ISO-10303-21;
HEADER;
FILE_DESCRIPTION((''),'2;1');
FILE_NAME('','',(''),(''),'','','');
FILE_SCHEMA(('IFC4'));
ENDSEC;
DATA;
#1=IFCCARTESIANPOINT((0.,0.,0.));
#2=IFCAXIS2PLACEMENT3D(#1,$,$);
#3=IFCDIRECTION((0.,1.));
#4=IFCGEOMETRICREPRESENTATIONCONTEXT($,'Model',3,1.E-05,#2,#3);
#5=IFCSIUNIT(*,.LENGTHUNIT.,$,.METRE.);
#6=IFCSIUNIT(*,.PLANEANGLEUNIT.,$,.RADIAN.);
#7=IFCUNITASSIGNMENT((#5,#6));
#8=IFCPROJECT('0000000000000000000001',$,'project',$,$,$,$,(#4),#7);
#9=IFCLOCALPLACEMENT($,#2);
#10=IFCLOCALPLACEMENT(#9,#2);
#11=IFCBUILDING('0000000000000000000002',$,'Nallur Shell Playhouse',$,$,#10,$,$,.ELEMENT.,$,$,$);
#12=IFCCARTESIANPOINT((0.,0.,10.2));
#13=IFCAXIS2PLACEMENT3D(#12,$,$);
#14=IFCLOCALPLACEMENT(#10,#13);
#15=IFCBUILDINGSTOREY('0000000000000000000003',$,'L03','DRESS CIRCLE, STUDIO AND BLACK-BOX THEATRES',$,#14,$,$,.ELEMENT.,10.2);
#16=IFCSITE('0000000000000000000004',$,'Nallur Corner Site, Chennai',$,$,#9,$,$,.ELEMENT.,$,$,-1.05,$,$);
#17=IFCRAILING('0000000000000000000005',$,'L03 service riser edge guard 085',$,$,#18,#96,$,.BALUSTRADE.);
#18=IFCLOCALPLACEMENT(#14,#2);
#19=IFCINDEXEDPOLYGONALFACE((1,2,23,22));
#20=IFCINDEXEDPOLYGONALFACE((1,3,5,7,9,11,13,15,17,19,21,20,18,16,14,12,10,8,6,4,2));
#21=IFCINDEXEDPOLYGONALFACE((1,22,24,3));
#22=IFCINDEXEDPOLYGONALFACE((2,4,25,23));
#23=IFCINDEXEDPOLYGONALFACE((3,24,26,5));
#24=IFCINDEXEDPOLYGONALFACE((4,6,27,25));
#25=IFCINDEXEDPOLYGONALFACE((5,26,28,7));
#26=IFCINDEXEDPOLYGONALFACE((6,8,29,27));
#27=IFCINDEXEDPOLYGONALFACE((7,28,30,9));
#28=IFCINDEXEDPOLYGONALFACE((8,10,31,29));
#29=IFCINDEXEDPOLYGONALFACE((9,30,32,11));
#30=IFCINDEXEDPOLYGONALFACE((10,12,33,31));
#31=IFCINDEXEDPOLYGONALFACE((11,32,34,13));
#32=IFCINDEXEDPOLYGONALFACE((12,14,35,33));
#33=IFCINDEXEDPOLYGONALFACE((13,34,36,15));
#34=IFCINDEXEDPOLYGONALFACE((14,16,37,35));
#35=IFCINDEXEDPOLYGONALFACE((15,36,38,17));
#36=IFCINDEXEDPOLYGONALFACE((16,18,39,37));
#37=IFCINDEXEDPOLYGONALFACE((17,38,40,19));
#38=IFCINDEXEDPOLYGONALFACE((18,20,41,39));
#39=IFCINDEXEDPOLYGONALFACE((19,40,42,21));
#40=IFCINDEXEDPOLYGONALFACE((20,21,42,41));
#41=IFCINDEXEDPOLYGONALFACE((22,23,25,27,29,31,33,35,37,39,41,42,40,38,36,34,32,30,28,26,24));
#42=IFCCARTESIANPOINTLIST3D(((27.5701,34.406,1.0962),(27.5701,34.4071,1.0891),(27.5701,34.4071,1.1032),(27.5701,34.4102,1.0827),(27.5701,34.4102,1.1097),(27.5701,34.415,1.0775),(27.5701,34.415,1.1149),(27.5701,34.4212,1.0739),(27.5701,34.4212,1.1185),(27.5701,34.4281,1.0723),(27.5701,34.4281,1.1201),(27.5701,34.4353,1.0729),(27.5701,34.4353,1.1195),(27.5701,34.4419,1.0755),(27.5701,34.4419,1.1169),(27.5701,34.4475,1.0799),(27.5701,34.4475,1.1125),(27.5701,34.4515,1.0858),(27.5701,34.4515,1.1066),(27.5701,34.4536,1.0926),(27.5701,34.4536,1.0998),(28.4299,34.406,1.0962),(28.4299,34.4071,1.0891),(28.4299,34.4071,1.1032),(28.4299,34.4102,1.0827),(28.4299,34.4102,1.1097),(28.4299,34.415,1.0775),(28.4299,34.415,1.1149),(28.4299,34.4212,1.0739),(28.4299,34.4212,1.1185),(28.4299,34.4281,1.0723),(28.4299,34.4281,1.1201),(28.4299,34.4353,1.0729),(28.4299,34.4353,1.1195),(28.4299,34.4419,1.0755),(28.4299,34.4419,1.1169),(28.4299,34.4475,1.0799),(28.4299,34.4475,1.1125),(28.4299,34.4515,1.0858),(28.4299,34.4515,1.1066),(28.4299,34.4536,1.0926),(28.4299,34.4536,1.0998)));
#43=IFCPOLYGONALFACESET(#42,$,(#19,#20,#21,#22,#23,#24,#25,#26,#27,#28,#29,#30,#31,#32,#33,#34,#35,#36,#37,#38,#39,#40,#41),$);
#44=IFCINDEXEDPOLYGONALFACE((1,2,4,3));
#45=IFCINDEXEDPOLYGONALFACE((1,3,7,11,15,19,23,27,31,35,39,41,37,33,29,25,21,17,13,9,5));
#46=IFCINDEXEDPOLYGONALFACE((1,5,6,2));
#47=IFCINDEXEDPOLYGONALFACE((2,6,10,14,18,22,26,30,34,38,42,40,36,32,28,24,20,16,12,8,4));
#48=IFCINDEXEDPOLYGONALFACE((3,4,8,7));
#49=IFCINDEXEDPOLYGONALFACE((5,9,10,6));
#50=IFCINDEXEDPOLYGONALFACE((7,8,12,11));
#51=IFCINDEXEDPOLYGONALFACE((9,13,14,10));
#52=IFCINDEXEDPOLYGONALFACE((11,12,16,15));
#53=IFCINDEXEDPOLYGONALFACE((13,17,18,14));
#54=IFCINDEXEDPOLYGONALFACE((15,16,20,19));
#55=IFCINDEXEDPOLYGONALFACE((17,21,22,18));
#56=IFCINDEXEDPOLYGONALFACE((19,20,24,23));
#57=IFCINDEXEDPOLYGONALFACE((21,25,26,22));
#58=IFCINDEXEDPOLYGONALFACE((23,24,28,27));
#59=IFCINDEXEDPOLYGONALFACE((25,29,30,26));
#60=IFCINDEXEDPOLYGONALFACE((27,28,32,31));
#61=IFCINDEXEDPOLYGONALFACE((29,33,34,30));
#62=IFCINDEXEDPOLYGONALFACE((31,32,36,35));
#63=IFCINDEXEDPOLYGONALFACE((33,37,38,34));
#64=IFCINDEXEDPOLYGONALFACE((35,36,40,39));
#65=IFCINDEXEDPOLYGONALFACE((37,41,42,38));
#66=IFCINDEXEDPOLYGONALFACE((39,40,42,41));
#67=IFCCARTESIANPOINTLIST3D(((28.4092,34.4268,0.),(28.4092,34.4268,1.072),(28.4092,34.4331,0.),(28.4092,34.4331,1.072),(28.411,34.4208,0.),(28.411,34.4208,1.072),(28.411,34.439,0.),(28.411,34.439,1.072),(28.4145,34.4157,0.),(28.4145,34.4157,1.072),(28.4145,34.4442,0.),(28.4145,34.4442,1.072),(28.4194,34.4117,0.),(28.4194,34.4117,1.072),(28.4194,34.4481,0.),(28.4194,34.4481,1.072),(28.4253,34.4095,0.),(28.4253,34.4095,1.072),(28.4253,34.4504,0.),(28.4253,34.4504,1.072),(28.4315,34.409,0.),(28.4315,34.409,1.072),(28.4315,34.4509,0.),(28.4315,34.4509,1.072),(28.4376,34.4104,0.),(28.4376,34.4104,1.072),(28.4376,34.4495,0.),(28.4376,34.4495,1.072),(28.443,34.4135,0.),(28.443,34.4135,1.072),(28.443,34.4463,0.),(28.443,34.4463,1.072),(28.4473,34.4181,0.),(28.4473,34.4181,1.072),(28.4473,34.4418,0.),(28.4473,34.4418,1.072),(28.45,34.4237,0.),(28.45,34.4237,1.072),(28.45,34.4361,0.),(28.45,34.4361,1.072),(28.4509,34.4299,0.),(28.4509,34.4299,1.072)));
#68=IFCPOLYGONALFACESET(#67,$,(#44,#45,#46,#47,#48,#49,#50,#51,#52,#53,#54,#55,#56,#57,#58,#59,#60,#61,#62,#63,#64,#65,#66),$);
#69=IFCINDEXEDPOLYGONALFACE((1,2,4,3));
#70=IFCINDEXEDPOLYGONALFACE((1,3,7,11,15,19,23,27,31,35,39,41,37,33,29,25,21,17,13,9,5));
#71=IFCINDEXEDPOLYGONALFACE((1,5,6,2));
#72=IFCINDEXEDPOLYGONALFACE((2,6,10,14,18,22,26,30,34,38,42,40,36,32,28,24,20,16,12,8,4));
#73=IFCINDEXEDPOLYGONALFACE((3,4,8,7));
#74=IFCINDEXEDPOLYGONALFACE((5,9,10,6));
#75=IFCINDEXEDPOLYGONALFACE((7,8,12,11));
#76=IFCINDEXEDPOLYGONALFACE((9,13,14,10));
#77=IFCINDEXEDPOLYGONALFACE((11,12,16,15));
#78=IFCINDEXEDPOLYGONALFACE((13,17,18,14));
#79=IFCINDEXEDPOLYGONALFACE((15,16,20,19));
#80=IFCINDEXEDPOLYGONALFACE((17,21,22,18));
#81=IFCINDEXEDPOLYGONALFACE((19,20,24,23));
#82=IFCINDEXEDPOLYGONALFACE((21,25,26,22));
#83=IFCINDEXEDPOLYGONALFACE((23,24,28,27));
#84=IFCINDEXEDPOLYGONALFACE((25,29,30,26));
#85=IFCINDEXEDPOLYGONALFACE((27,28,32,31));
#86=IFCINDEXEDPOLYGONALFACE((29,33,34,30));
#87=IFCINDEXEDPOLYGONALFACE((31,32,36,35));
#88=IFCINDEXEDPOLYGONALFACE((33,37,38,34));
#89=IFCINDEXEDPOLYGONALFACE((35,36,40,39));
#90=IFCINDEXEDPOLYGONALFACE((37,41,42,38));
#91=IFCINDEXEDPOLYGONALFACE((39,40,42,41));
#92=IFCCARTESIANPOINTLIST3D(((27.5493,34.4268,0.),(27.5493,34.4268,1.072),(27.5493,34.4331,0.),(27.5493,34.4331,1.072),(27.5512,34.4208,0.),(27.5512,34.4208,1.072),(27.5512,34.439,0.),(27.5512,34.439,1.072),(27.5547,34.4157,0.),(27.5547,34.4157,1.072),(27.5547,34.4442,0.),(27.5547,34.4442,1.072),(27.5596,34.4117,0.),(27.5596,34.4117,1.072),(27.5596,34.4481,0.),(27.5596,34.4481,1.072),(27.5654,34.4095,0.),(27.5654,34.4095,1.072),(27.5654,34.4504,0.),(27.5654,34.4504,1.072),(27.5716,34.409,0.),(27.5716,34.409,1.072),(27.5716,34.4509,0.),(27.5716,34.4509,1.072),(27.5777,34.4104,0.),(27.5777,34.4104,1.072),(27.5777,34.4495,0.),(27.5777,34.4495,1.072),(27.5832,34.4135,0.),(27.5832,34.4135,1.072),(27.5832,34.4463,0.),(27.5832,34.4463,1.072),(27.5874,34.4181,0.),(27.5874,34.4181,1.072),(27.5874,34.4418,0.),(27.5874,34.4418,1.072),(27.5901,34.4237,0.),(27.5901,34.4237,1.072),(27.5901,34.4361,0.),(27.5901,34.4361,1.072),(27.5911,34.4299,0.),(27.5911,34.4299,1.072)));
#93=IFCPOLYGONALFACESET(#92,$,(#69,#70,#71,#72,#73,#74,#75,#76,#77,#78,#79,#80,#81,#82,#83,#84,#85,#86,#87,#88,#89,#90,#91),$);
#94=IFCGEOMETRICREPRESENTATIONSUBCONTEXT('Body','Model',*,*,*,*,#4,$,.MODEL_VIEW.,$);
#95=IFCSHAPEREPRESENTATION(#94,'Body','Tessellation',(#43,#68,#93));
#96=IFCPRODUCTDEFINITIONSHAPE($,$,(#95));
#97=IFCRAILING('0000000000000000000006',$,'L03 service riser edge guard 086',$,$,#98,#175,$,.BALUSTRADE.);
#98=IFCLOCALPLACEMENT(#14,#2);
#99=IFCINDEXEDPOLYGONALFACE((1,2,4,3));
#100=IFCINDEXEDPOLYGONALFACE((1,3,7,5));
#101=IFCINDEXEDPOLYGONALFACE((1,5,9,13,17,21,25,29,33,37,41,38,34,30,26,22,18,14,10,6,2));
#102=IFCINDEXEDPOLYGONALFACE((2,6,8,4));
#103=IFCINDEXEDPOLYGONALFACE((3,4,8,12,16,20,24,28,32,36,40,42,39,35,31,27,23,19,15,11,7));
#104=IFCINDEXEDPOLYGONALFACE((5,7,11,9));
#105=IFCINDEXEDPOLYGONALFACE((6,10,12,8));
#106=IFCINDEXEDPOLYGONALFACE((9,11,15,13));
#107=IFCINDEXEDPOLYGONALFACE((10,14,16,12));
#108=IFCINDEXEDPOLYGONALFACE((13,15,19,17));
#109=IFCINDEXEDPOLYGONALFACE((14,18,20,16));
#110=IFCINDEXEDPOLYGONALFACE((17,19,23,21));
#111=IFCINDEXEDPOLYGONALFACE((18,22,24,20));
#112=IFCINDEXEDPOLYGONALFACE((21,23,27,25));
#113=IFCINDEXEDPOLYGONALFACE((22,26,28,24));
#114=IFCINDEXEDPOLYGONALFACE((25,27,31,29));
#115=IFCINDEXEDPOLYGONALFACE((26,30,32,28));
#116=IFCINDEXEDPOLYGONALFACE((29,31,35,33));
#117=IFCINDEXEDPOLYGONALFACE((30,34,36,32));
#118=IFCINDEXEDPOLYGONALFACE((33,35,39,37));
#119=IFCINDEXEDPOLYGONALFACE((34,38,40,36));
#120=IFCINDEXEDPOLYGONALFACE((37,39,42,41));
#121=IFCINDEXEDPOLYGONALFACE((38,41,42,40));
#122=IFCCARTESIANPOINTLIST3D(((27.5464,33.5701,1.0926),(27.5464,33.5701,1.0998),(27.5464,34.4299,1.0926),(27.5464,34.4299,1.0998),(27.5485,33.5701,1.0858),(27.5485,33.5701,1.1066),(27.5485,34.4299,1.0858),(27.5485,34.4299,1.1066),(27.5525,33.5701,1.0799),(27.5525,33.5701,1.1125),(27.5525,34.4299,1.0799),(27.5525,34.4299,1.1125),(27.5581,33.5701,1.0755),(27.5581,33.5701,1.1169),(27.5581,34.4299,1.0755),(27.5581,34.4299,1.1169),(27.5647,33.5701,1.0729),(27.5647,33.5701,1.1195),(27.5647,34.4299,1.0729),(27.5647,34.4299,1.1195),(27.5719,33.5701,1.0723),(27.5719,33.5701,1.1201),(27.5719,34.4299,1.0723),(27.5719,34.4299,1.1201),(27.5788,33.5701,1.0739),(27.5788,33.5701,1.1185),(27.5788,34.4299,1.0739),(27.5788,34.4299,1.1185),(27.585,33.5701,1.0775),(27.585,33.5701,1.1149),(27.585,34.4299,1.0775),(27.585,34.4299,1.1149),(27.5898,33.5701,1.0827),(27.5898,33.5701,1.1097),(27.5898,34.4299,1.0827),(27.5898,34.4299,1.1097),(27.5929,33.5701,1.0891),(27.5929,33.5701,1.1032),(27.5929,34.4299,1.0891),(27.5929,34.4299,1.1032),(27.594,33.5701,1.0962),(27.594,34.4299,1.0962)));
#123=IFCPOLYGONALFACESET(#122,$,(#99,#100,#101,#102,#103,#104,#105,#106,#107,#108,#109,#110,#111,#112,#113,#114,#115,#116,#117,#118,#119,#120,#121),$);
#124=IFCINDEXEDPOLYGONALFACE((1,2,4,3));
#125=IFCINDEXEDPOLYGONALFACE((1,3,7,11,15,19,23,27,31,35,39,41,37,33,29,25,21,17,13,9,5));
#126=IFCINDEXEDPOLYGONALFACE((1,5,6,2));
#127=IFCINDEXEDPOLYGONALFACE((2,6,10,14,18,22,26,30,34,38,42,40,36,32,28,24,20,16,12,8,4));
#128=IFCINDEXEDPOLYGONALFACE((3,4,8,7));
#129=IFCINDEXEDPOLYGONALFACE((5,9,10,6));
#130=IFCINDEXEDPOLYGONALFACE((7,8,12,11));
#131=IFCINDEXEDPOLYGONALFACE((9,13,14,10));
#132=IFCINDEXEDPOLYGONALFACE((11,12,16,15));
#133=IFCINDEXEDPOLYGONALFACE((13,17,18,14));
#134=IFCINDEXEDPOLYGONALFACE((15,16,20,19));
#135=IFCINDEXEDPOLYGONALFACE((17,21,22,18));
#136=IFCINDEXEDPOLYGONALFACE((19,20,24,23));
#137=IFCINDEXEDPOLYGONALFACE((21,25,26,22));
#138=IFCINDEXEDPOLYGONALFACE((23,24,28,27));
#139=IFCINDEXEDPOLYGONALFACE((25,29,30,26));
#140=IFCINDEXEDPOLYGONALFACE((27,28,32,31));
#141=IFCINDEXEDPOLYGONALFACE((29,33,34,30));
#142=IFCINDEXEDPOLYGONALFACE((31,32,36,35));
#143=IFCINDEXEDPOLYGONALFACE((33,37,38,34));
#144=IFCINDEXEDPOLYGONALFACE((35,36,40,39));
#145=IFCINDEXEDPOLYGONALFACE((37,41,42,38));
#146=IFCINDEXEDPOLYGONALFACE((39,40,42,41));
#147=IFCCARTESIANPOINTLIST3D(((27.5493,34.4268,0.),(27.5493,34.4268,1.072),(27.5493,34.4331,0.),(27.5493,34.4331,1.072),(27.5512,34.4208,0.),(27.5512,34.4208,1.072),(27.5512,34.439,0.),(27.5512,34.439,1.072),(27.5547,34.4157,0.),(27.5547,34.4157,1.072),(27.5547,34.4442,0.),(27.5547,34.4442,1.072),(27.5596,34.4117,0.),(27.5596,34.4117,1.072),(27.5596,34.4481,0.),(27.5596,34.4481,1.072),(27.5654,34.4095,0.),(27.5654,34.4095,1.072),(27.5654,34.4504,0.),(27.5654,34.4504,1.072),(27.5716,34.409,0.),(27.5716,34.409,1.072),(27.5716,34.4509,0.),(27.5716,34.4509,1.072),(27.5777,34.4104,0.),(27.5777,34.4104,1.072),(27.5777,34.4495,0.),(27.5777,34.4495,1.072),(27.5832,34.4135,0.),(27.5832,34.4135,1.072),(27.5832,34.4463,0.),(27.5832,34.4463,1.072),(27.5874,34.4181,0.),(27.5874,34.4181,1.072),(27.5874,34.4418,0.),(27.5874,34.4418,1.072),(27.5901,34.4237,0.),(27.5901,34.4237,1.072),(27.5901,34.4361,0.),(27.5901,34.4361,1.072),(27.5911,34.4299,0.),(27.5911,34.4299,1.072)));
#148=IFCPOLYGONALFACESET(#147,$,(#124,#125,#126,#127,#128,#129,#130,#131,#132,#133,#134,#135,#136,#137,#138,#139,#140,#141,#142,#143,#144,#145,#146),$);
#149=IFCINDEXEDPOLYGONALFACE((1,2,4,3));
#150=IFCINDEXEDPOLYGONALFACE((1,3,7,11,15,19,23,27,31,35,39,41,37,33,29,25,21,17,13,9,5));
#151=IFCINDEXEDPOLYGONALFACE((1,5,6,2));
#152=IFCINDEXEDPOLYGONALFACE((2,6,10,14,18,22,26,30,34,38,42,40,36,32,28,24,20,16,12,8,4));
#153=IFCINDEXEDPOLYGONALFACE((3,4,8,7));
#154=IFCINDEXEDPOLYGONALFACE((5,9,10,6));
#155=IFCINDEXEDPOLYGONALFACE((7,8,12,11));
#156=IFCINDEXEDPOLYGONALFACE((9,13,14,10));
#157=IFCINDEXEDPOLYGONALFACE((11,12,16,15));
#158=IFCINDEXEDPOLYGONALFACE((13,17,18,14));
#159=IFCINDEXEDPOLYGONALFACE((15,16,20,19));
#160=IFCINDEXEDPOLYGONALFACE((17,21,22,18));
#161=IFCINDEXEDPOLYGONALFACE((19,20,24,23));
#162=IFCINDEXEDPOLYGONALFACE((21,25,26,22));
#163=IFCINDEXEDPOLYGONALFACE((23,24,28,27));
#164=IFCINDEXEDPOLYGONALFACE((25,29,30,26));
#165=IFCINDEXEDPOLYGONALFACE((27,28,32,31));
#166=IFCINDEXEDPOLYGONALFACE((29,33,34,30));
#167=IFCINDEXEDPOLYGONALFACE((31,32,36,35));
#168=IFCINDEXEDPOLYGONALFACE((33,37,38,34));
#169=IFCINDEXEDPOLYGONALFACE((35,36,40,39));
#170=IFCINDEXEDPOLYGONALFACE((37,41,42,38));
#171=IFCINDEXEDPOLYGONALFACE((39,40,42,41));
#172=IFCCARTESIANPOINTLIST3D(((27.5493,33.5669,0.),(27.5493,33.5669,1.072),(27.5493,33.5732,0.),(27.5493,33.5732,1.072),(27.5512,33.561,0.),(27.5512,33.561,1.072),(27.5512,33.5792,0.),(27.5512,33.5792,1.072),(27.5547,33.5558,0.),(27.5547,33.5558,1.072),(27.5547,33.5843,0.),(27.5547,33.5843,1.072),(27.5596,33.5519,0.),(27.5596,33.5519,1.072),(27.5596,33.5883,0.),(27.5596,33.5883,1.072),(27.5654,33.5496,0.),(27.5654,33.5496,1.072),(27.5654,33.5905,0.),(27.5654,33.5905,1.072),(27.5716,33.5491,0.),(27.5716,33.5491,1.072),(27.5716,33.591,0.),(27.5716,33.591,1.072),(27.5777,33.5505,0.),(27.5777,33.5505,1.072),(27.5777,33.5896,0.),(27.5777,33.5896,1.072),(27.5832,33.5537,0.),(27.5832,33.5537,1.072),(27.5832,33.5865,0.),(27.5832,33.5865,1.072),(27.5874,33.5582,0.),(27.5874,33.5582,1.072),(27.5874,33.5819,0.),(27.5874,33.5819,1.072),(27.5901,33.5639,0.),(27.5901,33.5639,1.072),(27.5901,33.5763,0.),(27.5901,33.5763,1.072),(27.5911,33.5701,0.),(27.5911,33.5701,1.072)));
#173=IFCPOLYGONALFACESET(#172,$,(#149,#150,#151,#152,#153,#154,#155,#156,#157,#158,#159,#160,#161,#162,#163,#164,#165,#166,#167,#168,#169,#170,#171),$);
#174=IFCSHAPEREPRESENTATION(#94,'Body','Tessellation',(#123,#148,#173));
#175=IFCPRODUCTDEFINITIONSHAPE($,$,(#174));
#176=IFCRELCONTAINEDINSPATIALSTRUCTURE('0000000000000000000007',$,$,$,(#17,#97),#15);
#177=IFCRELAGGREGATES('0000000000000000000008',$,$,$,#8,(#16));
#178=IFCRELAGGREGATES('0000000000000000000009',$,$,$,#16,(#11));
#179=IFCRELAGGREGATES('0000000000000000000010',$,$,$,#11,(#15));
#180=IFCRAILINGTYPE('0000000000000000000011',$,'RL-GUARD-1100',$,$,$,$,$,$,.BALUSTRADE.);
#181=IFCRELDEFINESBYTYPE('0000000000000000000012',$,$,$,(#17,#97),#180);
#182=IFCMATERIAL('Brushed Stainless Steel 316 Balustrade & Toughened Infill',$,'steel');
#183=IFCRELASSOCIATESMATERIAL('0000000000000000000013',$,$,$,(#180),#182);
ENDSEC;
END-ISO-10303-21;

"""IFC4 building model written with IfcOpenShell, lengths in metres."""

from ifc_helpers import new_model, si_unit, direction, frame, origin, origin_2d, place, context, subcontext, project, spatial, circle, extrude, material, type_object, element, save


model = new_model("IFC4")

# Units and contexts
model_context = context("Model", 3, precision=1e-05, world=origin(), true_north=direction((0.0, 1.0)))
body_context = subcontext(model_context, "Body", "Model", "MODEL_VIEW")
ifc_project = project(units=[si_unit("LENGTHUNIT", "METRE"), si_unit("PLANEANGLEUNIT", "RADIAN")], contexts=[model_context])

# Site, building, storey
site_placement = place(None, origin())
site = spatial("IfcSite", under=ifc_project, at=site_placement, Name="Nallur Corner Site, Chennai", CompositionType="ELEMENT", RefElevation=-1.05)
building_placement = place(site_placement, origin())
building = spatial("IfcBuilding", under=site, at=building_placement, Name="Nallur Shell Playhouse", CompositionType="ELEMENT")
storey_placement = place(building_placement, frame((0.0, 0.0, 10.2)))
storey = spatial("IfcBuildingStorey", under=building, at=storey_placement, Name="L03", Description="DRESS CIRCLE, STUDIO AND BLACK-BOX THEATRES", CompositionType="ELEMENT", Elevation=10.2)

# Railings
ifc_material_1 = material(Name="Brushed Stainless Steel 316 Balustrade & Toughened Infill", Category="steel")
railing_type = type_object("IfcRailingType", Name="RL-GUARD-1100", PredefinedType="BALUSTRADE", material=ifc_material_1)
railing_1_placement = place(storey_placement, frame((28.4299, 34.4299, 0.0)))
element("IfcRailing", 1, at=railing_1_placement, inside=storey, type_object=railing_type, Name="L03 service riser edge guard 085", PredefinedType="BALUSTRADE", context=body_context, shape_type="SweptSolid", body=[
    extrude(circle(Radius=0.0239, at=origin_2d()), frame((0.0, 0.0, 1.0962), z_axis=(-1.0, 0.0, 0.0), x_axis=(0.0, -1.0, 0.0)), (0.0, 0.0, 1.0), 0.8599),
    extrude(circle(Radius=0.021, at=origin_2d()), origin(), (0.0, 0.0, 1.0), 1.072),
    extrude(circle(Radius=0.021, at=origin_2d()), frame((-0.8599, 0.0, 0.0)), (0.0, 0.0, 1.0), 1.072),
])
railing_2_placement = place(storey_placement, frame((27.5701, 34.4299, 0.0)))
element("IfcRailing", 2, at=railing_2_placement, inside=storey, type_object=railing_type, Name="L03 service riser edge guard 086", PredefinedType="BALUSTRADE", context=body_context, shape_type="SweptSolid", body=[
    extrude(circle(Radius=0.0239, at=origin_2d()), frame((0.0, 0.0, 1.0962), z_axis=(0.0, -1.0, 0.0), x_axis=(1.0, 0.0, 0.0)), (0.0, 0.0, 1.0), 0.8599),
    extrude(circle(Radius=0.021, at=origin_2d()), origin(), (0.0, 0.0, 1.0), 1.072),
    extrude(circle(Radius=0.021, at=origin_2d()), frame((0.0, -0.8599, 0.0)), (0.0, 0.0, 1.0), 1.072),
])

save(model, "model.ifc")
